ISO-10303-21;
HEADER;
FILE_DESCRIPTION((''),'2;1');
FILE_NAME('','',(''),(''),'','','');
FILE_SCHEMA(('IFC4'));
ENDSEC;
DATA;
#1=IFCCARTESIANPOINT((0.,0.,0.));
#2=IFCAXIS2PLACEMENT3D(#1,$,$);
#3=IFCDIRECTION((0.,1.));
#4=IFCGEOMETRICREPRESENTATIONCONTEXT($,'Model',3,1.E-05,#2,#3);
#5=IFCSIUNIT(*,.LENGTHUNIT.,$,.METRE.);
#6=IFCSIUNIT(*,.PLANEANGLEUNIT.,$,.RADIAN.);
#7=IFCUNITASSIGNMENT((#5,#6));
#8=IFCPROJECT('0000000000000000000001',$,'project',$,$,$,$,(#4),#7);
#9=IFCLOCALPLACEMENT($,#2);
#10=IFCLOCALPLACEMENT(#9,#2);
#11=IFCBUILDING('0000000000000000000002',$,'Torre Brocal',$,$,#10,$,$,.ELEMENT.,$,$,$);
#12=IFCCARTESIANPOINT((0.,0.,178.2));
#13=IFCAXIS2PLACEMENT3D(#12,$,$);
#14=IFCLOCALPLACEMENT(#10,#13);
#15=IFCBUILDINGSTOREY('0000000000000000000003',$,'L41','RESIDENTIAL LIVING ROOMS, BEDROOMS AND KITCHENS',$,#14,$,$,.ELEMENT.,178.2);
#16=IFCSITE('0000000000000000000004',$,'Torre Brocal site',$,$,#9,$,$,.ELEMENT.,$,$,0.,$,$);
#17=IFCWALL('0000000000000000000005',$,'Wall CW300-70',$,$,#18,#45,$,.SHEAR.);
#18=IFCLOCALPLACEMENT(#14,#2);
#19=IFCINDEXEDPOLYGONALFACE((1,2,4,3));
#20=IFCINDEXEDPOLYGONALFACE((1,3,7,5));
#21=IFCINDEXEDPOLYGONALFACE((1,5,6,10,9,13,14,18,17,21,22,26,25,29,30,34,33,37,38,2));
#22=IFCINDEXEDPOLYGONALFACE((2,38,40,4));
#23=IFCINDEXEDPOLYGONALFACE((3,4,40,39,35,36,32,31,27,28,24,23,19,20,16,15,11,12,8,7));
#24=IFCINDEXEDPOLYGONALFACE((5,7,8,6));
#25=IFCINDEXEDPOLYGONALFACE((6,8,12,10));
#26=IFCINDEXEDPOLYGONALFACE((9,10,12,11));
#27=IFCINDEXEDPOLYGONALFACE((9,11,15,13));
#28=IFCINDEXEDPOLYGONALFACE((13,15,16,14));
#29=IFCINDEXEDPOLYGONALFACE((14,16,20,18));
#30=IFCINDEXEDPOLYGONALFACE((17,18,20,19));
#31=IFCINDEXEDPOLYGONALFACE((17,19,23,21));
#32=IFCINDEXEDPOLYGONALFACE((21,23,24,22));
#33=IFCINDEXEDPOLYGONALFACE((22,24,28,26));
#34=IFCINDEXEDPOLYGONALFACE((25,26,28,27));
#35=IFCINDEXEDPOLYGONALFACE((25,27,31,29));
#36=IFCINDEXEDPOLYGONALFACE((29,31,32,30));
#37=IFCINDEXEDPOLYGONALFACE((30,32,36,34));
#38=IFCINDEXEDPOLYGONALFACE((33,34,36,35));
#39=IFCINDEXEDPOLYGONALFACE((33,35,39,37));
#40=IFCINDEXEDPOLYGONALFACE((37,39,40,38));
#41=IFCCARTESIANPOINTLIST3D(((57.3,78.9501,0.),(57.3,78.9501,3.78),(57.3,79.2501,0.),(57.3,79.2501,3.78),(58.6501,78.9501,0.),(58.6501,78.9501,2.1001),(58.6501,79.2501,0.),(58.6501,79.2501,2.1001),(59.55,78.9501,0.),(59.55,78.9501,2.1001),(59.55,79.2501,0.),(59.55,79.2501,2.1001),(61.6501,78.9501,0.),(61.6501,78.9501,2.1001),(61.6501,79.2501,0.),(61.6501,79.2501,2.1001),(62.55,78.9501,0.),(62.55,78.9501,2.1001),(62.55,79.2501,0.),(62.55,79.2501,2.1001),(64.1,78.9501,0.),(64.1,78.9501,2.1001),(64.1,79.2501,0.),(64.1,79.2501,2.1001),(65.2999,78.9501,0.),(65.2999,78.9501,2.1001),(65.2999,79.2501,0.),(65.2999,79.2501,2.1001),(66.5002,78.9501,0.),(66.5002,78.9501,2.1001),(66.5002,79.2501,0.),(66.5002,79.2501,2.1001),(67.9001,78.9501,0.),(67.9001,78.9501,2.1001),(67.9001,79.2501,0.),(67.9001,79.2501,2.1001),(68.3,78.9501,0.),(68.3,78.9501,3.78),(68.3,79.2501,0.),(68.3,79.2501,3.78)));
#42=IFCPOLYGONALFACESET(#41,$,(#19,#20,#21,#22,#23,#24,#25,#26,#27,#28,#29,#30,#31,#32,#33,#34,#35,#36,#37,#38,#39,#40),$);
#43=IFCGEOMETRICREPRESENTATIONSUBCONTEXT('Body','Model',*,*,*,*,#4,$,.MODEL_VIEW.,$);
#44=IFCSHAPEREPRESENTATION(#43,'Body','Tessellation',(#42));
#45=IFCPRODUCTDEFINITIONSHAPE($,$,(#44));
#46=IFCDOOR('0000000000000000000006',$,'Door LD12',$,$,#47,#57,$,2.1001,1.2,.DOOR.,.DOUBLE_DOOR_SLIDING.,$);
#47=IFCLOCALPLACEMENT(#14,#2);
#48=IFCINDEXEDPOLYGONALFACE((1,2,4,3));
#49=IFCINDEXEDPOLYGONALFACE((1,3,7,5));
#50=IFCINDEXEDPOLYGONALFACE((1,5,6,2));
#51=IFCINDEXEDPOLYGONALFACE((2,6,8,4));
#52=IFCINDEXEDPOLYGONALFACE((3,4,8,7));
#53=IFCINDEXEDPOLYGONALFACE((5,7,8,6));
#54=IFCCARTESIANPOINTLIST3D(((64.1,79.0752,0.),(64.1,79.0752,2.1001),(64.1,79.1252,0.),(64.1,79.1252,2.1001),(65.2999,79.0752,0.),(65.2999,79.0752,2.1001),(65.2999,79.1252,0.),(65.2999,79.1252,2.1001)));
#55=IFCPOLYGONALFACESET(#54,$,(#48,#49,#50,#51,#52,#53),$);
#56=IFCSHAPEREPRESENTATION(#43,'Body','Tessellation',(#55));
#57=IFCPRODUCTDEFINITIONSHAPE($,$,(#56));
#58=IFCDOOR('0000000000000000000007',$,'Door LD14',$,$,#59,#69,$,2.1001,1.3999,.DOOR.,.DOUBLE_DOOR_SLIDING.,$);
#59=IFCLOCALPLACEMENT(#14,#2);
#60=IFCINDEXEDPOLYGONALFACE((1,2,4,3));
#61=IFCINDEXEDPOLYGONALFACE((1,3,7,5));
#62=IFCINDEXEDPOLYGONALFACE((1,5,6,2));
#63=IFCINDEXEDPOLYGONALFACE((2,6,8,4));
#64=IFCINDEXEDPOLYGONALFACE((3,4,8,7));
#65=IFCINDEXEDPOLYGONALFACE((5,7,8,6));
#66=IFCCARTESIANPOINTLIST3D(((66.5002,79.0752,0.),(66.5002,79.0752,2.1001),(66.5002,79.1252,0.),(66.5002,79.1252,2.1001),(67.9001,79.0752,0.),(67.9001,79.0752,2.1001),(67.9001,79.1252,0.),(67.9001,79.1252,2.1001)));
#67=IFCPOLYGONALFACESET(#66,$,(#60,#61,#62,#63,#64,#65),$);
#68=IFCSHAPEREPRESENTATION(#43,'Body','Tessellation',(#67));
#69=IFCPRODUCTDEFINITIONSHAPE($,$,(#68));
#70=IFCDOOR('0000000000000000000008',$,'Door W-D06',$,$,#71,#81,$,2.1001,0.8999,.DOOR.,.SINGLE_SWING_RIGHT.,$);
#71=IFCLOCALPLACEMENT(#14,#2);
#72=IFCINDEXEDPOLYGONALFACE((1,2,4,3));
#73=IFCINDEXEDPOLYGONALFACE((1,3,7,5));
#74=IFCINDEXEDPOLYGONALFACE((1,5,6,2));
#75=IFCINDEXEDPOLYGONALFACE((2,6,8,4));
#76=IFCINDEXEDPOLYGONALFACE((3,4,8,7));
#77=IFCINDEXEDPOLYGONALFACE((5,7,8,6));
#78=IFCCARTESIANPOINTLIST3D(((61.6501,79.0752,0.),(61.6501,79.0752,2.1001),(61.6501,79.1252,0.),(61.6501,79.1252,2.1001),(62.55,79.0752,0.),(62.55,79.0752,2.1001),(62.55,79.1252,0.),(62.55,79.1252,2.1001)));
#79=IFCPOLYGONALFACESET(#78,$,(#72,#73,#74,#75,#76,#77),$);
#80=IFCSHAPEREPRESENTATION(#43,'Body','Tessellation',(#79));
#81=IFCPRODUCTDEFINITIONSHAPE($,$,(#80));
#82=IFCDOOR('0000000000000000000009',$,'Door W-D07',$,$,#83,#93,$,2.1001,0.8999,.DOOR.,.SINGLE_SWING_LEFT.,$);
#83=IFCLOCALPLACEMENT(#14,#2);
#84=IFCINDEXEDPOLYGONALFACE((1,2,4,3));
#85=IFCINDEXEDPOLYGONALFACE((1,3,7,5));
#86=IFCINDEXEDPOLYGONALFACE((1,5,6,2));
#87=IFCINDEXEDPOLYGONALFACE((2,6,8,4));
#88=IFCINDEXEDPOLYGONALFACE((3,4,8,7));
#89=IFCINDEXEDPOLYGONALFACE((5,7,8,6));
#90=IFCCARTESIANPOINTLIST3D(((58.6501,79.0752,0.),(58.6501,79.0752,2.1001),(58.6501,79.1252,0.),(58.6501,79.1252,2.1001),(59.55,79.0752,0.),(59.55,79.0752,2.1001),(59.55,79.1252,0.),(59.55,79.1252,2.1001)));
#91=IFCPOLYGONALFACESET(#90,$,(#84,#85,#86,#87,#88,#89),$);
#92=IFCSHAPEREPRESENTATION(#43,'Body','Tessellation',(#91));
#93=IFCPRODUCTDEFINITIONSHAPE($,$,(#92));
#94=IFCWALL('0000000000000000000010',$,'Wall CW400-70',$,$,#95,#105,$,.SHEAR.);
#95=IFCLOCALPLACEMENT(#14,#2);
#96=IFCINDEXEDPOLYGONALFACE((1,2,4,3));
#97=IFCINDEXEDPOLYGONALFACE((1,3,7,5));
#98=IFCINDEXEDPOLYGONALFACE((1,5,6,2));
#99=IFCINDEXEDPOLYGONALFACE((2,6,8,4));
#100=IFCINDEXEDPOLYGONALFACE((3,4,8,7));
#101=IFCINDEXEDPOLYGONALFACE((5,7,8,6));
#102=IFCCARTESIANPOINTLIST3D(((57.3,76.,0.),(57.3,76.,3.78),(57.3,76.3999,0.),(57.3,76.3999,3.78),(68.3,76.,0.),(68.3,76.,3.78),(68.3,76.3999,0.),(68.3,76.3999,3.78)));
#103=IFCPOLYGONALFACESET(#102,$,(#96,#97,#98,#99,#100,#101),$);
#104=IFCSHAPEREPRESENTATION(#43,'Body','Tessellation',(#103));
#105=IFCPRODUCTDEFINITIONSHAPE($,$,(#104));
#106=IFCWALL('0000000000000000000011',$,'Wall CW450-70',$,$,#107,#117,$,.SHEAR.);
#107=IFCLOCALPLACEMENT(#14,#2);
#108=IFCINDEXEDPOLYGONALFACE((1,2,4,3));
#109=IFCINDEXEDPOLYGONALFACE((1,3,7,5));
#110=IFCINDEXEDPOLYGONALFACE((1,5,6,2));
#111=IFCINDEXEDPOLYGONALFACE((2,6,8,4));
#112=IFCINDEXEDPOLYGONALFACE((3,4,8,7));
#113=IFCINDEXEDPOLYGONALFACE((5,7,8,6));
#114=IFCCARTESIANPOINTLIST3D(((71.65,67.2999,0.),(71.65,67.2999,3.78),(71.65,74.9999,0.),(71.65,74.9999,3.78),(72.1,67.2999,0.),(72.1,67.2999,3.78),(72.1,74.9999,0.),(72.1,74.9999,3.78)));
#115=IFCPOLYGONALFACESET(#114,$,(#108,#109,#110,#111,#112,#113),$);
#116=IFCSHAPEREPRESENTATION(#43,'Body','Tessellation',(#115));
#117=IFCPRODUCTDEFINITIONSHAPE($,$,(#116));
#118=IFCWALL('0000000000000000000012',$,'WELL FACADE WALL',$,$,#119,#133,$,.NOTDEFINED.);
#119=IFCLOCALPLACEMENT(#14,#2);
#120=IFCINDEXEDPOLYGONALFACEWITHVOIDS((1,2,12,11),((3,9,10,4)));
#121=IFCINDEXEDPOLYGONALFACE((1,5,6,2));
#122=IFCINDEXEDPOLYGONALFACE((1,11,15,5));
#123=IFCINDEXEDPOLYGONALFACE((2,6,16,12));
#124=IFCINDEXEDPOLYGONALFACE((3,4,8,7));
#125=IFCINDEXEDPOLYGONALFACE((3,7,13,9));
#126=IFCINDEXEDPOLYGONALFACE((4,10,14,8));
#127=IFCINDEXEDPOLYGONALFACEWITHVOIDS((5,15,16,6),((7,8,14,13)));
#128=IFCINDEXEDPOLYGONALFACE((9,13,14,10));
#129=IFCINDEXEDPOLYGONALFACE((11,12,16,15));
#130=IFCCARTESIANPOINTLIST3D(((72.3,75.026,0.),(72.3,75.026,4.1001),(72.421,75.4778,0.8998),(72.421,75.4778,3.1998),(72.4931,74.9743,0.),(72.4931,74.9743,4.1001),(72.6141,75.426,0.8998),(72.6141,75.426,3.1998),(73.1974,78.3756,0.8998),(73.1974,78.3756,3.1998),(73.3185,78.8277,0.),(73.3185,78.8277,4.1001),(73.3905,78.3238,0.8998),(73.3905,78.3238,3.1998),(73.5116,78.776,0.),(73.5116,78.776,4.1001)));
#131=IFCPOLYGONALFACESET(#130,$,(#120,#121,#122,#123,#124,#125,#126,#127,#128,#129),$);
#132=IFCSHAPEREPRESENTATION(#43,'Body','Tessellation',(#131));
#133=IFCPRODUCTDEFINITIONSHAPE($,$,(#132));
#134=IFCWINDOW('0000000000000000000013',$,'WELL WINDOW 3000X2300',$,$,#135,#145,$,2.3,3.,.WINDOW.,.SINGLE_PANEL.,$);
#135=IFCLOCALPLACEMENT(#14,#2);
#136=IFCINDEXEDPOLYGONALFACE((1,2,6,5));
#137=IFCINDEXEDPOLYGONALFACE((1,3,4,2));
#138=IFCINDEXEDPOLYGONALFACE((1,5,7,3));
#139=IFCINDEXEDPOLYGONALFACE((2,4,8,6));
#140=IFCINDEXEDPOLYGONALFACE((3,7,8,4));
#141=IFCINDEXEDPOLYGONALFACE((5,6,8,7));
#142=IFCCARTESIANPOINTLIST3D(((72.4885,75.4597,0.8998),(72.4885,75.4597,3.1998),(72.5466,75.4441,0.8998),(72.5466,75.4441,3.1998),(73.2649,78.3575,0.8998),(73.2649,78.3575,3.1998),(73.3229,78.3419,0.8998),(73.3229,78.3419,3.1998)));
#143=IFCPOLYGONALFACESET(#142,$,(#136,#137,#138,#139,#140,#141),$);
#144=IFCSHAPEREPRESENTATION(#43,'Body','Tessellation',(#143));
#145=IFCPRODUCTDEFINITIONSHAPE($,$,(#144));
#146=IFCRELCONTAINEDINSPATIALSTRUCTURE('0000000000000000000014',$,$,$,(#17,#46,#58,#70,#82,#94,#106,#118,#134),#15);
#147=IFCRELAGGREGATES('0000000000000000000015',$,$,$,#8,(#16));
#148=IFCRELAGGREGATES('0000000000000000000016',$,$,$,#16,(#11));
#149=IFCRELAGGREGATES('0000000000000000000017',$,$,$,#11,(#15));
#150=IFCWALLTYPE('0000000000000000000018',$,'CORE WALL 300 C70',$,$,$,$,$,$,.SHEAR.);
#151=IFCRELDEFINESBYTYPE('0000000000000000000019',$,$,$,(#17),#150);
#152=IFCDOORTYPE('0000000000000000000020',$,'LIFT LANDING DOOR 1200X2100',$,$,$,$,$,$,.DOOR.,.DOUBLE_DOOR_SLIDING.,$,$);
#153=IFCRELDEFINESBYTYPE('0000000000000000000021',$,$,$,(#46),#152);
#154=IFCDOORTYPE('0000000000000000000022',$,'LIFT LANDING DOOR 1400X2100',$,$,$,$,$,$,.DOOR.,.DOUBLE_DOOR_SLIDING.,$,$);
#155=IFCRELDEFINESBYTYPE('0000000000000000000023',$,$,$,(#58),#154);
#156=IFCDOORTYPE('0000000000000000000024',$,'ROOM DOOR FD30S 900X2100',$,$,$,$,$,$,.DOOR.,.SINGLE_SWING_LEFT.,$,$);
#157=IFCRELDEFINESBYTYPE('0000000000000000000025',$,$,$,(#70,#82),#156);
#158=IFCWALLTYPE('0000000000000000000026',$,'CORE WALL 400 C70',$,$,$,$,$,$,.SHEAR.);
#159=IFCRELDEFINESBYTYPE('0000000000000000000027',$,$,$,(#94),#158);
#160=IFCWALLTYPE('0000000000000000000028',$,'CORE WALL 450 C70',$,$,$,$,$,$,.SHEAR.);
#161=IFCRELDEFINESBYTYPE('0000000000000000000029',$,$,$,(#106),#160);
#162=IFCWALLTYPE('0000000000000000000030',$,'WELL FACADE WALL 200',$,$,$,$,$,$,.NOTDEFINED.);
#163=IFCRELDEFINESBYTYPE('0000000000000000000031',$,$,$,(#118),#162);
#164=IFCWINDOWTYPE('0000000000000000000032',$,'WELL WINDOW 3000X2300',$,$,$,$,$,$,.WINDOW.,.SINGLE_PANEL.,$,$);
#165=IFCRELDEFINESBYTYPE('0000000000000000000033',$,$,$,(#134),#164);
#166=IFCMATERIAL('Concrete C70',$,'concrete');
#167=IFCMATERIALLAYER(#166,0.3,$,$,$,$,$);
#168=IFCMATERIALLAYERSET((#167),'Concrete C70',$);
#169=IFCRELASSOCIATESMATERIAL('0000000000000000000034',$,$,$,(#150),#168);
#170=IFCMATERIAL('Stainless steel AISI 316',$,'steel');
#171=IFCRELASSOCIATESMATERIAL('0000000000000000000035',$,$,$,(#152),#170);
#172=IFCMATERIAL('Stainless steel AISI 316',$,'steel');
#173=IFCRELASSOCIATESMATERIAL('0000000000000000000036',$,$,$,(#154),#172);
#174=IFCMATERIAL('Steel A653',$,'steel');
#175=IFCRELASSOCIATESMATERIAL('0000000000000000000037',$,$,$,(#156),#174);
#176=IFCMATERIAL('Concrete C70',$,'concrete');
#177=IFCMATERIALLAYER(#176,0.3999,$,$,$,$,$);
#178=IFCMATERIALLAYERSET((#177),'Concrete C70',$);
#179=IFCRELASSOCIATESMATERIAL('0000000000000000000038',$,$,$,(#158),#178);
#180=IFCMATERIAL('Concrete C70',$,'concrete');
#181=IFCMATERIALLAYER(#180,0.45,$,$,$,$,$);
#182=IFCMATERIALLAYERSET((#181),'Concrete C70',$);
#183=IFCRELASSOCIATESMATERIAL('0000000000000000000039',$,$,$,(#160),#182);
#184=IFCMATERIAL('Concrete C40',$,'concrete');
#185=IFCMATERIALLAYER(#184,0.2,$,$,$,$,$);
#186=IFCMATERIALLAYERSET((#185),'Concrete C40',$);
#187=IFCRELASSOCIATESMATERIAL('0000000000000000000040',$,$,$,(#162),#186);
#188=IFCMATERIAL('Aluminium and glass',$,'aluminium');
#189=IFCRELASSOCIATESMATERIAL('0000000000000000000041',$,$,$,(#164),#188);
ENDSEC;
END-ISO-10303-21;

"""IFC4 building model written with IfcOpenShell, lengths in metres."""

from ifc_helpers import new_model, si_unit, direction, frame, frame_2d, origin, place, context, subcontext, project, spatial, rectangle, extrude, material, layer, layer_set, type_object, element, fill, save


model = new_model("IFC4")

# Units and contexts
model_context = context("Model", 3, precision=1e-05, world=origin(), true_north=direction((0.0, 1.0)))
body_context = subcontext(model_context, "Body", "Model", "MODEL_VIEW")
ifc_project = project(units=[si_unit("LENGTHUNIT", "METRE"), si_unit("PLANEANGLEUNIT", "RADIAN")], contexts=[model_context])

# Site, building, storey
site_placement = place(None, origin())
site = spatial("IfcSite", under=ifc_project, at=site_placement, Name="Torre Brocal site", CompositionType="ELEMENT", RefElevation=0.0)
building_placement = place(site_placement, origin())
building = spatial("IfcBuilding", under=site, at=building_placement, Name="Torre Brocal", CompositionType="ELEMENT")
storey_placement = place(building_placement, frame((0.0, 0.0, 178.2)))
storey = spatial("IfcBuildingStorey", under=building, at=storey_placement, Name="L41", Description="RESIDENTIAL LIVING ROOMS, BEDROOMS AND KITCHENS", CompositionType="ELEMENT", Elevation=178.2)

# Shared definitions
ifc_material_1 = material(Name="Concrete C70", Category="concrete")
ifc_layer_1 = layer(ifc_material_1, 0.3)
ifc_layer_set_1 = layer_set([ifc_layer_1], Name="Concrete C70")
wall_type_1 = type_object("IfcWallType", Name="CORE WALL 300 C70", PredefinedType="SHEAR", material=ifc_layer_set_1)

# Wall, openings, doors
wall_1_placement = place(storey_placement, frame((68.3, 79.1001, 0.0), z_axis=(0.0, 0.0, 1.0), x_axis=(-1.0, 0.0, 0.0)))
wall_1 = element("IfcWall", 1, at=wall_1_placement, inside=storey, type_object=wall_type_1, Name="Wall CW300-70", PredefinedType="SHEAR", context=body_context, shape_type="SweptSolid", body=[
    extrude(rectangle(XDim=11.0, YDim=0.3, at=frame_2d((5.5, 0.0))), origin(), (0.0, 0.0, 1.0), 3.78),
])
opening_1_placement = place(wall_1_placement, frame((0.3999, 0.0, 0.0)))
opening_1 = element("IfcOpeningElement", 2, at=opening_1_placement, cuts=wall_1, PredefinedType="OPENING", context=body_context, shape_type="SweptSolid", body=[
    extrude(rectangle(XDim=1.3999, YDim=2.1001, at=frame_2d((0.7, 1.05))), frame((0.0, 0.1599, 0.0), z_axis=(0.0, -1.0, 0.0), x_axis=(1.0, 0.0, 0.0)), (0.0, 0.0, 1.0), 0.3201),
])
opening_2_placement = place(wall_1_placement, frame((3.0, 0.0, 0.0)))
opening_2 = element("IfcOpeningElement", 3, at=opening_2_placement, cuts=wall_1, PredefinedType="OPENING", context=body_context, shape_type="SweptSolid", body=[
    extrude(rectangle(XDim=1.2, YDim=2.1001, at=frame_2d((0.6001, 1.05))), frame((0.0, 0.1599, 0.0), z_axis=(0.0, -1.0, 0.0), x_axis=(1.0, 0.0, 0.0)), (0.0, 0.0, 1.0), 0.3201),
])
opening_3_placement = place(wall_1_placement, frame((5.75, 0.0, 0.0)))
opening_3 = element("IfcOpeningElement", 4, at=opening_3_placement, cuts=wall_1, PredefinedType="OPENING", context=body_context, shape_type="SweptSolid", body=[
    extrude(rectangle(XDim=0.8999, YDim=2.1001, at=frame_2d((0.45, 1.05))), frame((0.0, 0.1599, 0.0), z_axis=(0.0, -1.0, 0.0), x_axis=(1.0, 0.0, 0.0)), (0.0, 0.0, 1.0), 0.3201),
])
opening_4_placement = place(wall_1_placement, frame((8.75, 0.0, 0.0)))
opening_4 = element("IfcOpeningElement", 5, at=opening_4_placement, cuts=wall_1, PredefinedType="OPENING", context=body_context, shape_type="SweptSolid", body=[
    extrude(rectangle(XDim=0.8999, YDim=2.1001, at=frame_2d((0.45, 1.05))), frame((0.0, 0.1599, 0.0), z_axis=(0.0, -1.0, 0.0), x_axis=(1.0, 0.0, 0.0)), (0.0, 0.0, 1.0), 0.3201),
])
ifc_material_2 = material(Name="Stainless steel AISI 316", Category="steel")
door_type_1 = type_object("IfcDoorType", Name="LIFT LANDING DOOR 1200X2100", OperationType="DOUBLE_DOOR_SLIDING", PredefinedType="DOOR", material=ifc_material_2)
door_1_placement = place(opening_2_placement, origin())
door_1 = element("IfcDoor", 6, at=door_1_placement, inside=storey, type_object=door_type_1, Name="Door LD12", OperationType="DOUBLE_DOOR_SLIDING", OverallHeight=2.1001, OverallWidth=1.2, PredefinedType="DOOR", context=body_context, shape_type="SweptSolid", body=[
    extrude(rectangle(XDim=1.2, YDim=2.1001, at=frame_2d((0.6001, 1.05))), frame((0.0, 0.0249, 0.0), z_axis=(0.0, -1.0, 0.0), x_axis=(1.0, 0.0, 0.0)), (0.0, 0.0, 1.0), 0.05),
])
fill(opening_2, door_1)
ifc_material_3 = material(Name="Stainless steel AISI 316", Category="steel")
door_type_2 = type_object("IfcDoorType", Name="LIFT LANDING DOOR 1400X2100", OperationType="DOUBLE_DOOR_SLIDING", PredefinedType="DOOR", material=ifc_material_3)
door_2_placement = place(opening_1_placement, origin())
door_2 = element("IfcDoor", 7, at=door_2_placement, inside=storey, type_object=door_type_2, Name="Door LD14", OperationType="DOUBLE_DOOR_SLIDING", OverallHeight=2.1001, OverallWidth=1.3999, PredefinedType="DOOR", context=body_context, shape_type="SweptSolid", body=[
    extrude(rectangle(XDim=1.3999, YDim=2.1001, at=frame_2d((0.7, 1.05))), frame((0.0, 0.0249, 0.0), z_axis=(0.0, -1.0, 0.0), x_axis=(1.0, 0.0, 0.0)), (0.0, 0.0, 1.0), 0.05),
])
fill(opening_1, door_2)
ifc_material_4 = material(Name="Steel A653", Category="steel")
door_type_3 = type_object("IfcDoorType", Name="ROOM DOOR FD30S 900X2100", OperationType="SINGLE_SWING_LEFT", PredefinedType="DOOR", material=ifc_material_4)
door_3_placement = place(opening_3_placement, origin())
door_3 = element("IfcDoor", 8, at=door_3_placement, inside=storey, type_object=door_type_3, Name="Door W-D06", OperationType="SINGLE_SWING_RIGHT", OverallHeight=2.1001, OverallWidth=0.8999, PredefinedType="DOOR", context=body_context, shape_type="SweptSolid", body=[
    extrude(rectangle(XDim=0.8999, YDim=2.1001, at=frame_2d((0.45, 1.05))), frame((0.0, 0.0249, 0.0), z_axis=(0.0, -1.0, 0.0), x_axis=(1.0, 0.0, 0.0)), (0.0, 0.0, 1.0), 0.05),
])
fill(opening_3, door_3)
door_4_placement = place(opening_4_placement, origin())
door_4 = element("IfcDoor", 9, at=door_4_placement, inside=storey, type_object=door_type_3, Name="Door W-D07", OperationType="SINGLE_SWING_LEFT", OverallHeight=2.1001, OverallWidth=0.8999, PredefinedType="DOOR", context=body_context, shape_type="SweptSolid", body=[
    extrude(rectangle(XDim=0.8999, YDim=2.1001, at=frame_2d((0.45, 1.05))), frame((0.0, 0.0249, 0.0), z_axis=(0.0, -1.0, 0.0), x_axis=(1.0, 0.0, 0.0)), (0.0, 0.0, 1.0), 0.05),
])
fill(opening_4, door_4)

# Walls
ifc_material_5 = material(Name="Concrete C70", Category="concrete")
ifc_layer_2 = layer(ifc_material_5, 0.3999)
ifc_layer_set_2 = layer_set([ifc_layer_2], Name="Concrete C70")
wall_type_2 = type_object("IfcWallType", Name="CORE WALL 400 C70", PredefinedType="SHEAR", material=ifc_layer_set_2)
wall_2_placement = place(storey_placement, frame((68.3, 76.2, 0.0), z_axis=(0.0, 0.0, 1.0), x_axis=(-1.0, 0.0, 0.0)))
element("IfcWall", 10, at=wall_2_placement, inside=storey, type_object=wall_type_2, Name="Wall CW400-70", PredefinedType="SHEAR", context=body_context, shape_type="SweptSolid", body=[
    extrude(rectangle(XDim=11.0, YDim=0.3999, at=frame_2d((5.5, 0.0))), origin(), (0.0, 0.0, 1.0), 3.78),
])
ifc_material_6 = material(Name="Concrete C70", Category="concrete")
ifc_layer_3 = layer(ifc_material_6, 0.45)
ifc_layer_set_3 = layer_set([ifc_layer_3], Name="Concrete C70")
wall_type_3 = type_object("IfcWallType", Name="CORE WALL 450 C70", PredefinedType="SHEAR", material=ifc_layer_set_3)
wall_3_placement = place(storey_placement, frame((71.875, 75.0, 0.0), z_axis=(0.0, 0.0, 1.0), x_axis=(0.0, -1.0, 0.0)))
element("IfcWall", 11, at=wall_3_placement, inside=storey, type_object=wall_type_3, Name="Wall CW450-70", PredefinedType="SHEAR", context=body_context, shape_type="SweptSolid", body=[
    extrude(rectangle(XDim=7.7, YDim=0.45, at=frame_2d((3.8501, 0.0))), origin(), (0.0, 0.0, 1.0), 3.78),
])

# Wall, opening, window
ifc_material_7 = material(Name="Concrete C40", Category="concrete")
ifc_layer_4 = layer(ifc_material_7, 0.2)
ifc_layer_set_4 = layer_set([ifc_layer_4], Name="Concrete C40")
wall_type_4 = type_object("IfcWallType", Name="WELL FACADE WALL 200", PredefinedType="NOTDEFINED", material=ifc_layer_set_4)
wall_4_placement = place(storey_placement, frame((73.415, 78.8018, 0.0), z_axis=(0.0, 0.0, 1.0), x_axis=(-0.25879, -0.965934, 0.0)))
wall_4 = element("IfcWall", 12, at=wall_4_placement, inside=storey, type_object=wall_type_4, Name="WELL FACADE WALL", PredefinedType="NOTDEFINED", context=body_context, shape_type="SweptSolid", body=[
    extrude(rectangle(XDim=3.9358, YDim=0.2, at=frame_2d((1.9678, 0.0))), origin(), (0.0, 0.0, 1.0), 4.1001),
])
opening_5_placement = place(wall_4_placement, frame((0.468, 0.0, 0.8999)))
opening_5 = element("IfcOpeningElement", 13, at=opening_5_placement, cuts=wall_4, PredefinedType="OPENING", context=body_context, shape_type="SweptSolid", body=[
    extrude(rectangle(XDim=3.0, YDim=2.3, at=frame_2d((1.5, 1.1499))), frame((0.0, 0.1099, 0.0), z_axis=(0.0, -1.0, 0.0), x_axis=(1.0, 0.0, 0.0)), (0.0, 0.0, 1.0), 0.22),
])
ifc_material_8 = material(Name="Aluminium and glass", Category="aluminium")
window_type = type_object("IfcWindowType", Name="WELL WINDOW 3000X2300", PartitioningType="SINGLE_PANEL", PredefinedType="WINDOW", material=ifc_material_8)
window_1_placement = place(opening_5_placement, origin())
window_1 = element("IfcWindow", 14, at=window_1_placement, inside=storey, type_object=window_type, Name="WELL WINDOW 3000X2300", OverallHeight=2.3, OverallWidth=3.0, PartitioningType="SINGLE_PANEL", PredefinedType="WINDOW", context=body_context, shape_type="SweptSolid", body=[
    extrude(rectangle(XDim=3.0, YDim=2.3, at=frame_2d((1.5, 1.1499))), frame((0.0, 0.03, 0.0), z_axis=(0.0, -1.0, 0.0), x_axis=(1.0, 0.0, 0.0)), (0.0, 0.0, 1.0), 0.0601),
])
fill(opening_5, window_1)

save(model, "model.ifc")
